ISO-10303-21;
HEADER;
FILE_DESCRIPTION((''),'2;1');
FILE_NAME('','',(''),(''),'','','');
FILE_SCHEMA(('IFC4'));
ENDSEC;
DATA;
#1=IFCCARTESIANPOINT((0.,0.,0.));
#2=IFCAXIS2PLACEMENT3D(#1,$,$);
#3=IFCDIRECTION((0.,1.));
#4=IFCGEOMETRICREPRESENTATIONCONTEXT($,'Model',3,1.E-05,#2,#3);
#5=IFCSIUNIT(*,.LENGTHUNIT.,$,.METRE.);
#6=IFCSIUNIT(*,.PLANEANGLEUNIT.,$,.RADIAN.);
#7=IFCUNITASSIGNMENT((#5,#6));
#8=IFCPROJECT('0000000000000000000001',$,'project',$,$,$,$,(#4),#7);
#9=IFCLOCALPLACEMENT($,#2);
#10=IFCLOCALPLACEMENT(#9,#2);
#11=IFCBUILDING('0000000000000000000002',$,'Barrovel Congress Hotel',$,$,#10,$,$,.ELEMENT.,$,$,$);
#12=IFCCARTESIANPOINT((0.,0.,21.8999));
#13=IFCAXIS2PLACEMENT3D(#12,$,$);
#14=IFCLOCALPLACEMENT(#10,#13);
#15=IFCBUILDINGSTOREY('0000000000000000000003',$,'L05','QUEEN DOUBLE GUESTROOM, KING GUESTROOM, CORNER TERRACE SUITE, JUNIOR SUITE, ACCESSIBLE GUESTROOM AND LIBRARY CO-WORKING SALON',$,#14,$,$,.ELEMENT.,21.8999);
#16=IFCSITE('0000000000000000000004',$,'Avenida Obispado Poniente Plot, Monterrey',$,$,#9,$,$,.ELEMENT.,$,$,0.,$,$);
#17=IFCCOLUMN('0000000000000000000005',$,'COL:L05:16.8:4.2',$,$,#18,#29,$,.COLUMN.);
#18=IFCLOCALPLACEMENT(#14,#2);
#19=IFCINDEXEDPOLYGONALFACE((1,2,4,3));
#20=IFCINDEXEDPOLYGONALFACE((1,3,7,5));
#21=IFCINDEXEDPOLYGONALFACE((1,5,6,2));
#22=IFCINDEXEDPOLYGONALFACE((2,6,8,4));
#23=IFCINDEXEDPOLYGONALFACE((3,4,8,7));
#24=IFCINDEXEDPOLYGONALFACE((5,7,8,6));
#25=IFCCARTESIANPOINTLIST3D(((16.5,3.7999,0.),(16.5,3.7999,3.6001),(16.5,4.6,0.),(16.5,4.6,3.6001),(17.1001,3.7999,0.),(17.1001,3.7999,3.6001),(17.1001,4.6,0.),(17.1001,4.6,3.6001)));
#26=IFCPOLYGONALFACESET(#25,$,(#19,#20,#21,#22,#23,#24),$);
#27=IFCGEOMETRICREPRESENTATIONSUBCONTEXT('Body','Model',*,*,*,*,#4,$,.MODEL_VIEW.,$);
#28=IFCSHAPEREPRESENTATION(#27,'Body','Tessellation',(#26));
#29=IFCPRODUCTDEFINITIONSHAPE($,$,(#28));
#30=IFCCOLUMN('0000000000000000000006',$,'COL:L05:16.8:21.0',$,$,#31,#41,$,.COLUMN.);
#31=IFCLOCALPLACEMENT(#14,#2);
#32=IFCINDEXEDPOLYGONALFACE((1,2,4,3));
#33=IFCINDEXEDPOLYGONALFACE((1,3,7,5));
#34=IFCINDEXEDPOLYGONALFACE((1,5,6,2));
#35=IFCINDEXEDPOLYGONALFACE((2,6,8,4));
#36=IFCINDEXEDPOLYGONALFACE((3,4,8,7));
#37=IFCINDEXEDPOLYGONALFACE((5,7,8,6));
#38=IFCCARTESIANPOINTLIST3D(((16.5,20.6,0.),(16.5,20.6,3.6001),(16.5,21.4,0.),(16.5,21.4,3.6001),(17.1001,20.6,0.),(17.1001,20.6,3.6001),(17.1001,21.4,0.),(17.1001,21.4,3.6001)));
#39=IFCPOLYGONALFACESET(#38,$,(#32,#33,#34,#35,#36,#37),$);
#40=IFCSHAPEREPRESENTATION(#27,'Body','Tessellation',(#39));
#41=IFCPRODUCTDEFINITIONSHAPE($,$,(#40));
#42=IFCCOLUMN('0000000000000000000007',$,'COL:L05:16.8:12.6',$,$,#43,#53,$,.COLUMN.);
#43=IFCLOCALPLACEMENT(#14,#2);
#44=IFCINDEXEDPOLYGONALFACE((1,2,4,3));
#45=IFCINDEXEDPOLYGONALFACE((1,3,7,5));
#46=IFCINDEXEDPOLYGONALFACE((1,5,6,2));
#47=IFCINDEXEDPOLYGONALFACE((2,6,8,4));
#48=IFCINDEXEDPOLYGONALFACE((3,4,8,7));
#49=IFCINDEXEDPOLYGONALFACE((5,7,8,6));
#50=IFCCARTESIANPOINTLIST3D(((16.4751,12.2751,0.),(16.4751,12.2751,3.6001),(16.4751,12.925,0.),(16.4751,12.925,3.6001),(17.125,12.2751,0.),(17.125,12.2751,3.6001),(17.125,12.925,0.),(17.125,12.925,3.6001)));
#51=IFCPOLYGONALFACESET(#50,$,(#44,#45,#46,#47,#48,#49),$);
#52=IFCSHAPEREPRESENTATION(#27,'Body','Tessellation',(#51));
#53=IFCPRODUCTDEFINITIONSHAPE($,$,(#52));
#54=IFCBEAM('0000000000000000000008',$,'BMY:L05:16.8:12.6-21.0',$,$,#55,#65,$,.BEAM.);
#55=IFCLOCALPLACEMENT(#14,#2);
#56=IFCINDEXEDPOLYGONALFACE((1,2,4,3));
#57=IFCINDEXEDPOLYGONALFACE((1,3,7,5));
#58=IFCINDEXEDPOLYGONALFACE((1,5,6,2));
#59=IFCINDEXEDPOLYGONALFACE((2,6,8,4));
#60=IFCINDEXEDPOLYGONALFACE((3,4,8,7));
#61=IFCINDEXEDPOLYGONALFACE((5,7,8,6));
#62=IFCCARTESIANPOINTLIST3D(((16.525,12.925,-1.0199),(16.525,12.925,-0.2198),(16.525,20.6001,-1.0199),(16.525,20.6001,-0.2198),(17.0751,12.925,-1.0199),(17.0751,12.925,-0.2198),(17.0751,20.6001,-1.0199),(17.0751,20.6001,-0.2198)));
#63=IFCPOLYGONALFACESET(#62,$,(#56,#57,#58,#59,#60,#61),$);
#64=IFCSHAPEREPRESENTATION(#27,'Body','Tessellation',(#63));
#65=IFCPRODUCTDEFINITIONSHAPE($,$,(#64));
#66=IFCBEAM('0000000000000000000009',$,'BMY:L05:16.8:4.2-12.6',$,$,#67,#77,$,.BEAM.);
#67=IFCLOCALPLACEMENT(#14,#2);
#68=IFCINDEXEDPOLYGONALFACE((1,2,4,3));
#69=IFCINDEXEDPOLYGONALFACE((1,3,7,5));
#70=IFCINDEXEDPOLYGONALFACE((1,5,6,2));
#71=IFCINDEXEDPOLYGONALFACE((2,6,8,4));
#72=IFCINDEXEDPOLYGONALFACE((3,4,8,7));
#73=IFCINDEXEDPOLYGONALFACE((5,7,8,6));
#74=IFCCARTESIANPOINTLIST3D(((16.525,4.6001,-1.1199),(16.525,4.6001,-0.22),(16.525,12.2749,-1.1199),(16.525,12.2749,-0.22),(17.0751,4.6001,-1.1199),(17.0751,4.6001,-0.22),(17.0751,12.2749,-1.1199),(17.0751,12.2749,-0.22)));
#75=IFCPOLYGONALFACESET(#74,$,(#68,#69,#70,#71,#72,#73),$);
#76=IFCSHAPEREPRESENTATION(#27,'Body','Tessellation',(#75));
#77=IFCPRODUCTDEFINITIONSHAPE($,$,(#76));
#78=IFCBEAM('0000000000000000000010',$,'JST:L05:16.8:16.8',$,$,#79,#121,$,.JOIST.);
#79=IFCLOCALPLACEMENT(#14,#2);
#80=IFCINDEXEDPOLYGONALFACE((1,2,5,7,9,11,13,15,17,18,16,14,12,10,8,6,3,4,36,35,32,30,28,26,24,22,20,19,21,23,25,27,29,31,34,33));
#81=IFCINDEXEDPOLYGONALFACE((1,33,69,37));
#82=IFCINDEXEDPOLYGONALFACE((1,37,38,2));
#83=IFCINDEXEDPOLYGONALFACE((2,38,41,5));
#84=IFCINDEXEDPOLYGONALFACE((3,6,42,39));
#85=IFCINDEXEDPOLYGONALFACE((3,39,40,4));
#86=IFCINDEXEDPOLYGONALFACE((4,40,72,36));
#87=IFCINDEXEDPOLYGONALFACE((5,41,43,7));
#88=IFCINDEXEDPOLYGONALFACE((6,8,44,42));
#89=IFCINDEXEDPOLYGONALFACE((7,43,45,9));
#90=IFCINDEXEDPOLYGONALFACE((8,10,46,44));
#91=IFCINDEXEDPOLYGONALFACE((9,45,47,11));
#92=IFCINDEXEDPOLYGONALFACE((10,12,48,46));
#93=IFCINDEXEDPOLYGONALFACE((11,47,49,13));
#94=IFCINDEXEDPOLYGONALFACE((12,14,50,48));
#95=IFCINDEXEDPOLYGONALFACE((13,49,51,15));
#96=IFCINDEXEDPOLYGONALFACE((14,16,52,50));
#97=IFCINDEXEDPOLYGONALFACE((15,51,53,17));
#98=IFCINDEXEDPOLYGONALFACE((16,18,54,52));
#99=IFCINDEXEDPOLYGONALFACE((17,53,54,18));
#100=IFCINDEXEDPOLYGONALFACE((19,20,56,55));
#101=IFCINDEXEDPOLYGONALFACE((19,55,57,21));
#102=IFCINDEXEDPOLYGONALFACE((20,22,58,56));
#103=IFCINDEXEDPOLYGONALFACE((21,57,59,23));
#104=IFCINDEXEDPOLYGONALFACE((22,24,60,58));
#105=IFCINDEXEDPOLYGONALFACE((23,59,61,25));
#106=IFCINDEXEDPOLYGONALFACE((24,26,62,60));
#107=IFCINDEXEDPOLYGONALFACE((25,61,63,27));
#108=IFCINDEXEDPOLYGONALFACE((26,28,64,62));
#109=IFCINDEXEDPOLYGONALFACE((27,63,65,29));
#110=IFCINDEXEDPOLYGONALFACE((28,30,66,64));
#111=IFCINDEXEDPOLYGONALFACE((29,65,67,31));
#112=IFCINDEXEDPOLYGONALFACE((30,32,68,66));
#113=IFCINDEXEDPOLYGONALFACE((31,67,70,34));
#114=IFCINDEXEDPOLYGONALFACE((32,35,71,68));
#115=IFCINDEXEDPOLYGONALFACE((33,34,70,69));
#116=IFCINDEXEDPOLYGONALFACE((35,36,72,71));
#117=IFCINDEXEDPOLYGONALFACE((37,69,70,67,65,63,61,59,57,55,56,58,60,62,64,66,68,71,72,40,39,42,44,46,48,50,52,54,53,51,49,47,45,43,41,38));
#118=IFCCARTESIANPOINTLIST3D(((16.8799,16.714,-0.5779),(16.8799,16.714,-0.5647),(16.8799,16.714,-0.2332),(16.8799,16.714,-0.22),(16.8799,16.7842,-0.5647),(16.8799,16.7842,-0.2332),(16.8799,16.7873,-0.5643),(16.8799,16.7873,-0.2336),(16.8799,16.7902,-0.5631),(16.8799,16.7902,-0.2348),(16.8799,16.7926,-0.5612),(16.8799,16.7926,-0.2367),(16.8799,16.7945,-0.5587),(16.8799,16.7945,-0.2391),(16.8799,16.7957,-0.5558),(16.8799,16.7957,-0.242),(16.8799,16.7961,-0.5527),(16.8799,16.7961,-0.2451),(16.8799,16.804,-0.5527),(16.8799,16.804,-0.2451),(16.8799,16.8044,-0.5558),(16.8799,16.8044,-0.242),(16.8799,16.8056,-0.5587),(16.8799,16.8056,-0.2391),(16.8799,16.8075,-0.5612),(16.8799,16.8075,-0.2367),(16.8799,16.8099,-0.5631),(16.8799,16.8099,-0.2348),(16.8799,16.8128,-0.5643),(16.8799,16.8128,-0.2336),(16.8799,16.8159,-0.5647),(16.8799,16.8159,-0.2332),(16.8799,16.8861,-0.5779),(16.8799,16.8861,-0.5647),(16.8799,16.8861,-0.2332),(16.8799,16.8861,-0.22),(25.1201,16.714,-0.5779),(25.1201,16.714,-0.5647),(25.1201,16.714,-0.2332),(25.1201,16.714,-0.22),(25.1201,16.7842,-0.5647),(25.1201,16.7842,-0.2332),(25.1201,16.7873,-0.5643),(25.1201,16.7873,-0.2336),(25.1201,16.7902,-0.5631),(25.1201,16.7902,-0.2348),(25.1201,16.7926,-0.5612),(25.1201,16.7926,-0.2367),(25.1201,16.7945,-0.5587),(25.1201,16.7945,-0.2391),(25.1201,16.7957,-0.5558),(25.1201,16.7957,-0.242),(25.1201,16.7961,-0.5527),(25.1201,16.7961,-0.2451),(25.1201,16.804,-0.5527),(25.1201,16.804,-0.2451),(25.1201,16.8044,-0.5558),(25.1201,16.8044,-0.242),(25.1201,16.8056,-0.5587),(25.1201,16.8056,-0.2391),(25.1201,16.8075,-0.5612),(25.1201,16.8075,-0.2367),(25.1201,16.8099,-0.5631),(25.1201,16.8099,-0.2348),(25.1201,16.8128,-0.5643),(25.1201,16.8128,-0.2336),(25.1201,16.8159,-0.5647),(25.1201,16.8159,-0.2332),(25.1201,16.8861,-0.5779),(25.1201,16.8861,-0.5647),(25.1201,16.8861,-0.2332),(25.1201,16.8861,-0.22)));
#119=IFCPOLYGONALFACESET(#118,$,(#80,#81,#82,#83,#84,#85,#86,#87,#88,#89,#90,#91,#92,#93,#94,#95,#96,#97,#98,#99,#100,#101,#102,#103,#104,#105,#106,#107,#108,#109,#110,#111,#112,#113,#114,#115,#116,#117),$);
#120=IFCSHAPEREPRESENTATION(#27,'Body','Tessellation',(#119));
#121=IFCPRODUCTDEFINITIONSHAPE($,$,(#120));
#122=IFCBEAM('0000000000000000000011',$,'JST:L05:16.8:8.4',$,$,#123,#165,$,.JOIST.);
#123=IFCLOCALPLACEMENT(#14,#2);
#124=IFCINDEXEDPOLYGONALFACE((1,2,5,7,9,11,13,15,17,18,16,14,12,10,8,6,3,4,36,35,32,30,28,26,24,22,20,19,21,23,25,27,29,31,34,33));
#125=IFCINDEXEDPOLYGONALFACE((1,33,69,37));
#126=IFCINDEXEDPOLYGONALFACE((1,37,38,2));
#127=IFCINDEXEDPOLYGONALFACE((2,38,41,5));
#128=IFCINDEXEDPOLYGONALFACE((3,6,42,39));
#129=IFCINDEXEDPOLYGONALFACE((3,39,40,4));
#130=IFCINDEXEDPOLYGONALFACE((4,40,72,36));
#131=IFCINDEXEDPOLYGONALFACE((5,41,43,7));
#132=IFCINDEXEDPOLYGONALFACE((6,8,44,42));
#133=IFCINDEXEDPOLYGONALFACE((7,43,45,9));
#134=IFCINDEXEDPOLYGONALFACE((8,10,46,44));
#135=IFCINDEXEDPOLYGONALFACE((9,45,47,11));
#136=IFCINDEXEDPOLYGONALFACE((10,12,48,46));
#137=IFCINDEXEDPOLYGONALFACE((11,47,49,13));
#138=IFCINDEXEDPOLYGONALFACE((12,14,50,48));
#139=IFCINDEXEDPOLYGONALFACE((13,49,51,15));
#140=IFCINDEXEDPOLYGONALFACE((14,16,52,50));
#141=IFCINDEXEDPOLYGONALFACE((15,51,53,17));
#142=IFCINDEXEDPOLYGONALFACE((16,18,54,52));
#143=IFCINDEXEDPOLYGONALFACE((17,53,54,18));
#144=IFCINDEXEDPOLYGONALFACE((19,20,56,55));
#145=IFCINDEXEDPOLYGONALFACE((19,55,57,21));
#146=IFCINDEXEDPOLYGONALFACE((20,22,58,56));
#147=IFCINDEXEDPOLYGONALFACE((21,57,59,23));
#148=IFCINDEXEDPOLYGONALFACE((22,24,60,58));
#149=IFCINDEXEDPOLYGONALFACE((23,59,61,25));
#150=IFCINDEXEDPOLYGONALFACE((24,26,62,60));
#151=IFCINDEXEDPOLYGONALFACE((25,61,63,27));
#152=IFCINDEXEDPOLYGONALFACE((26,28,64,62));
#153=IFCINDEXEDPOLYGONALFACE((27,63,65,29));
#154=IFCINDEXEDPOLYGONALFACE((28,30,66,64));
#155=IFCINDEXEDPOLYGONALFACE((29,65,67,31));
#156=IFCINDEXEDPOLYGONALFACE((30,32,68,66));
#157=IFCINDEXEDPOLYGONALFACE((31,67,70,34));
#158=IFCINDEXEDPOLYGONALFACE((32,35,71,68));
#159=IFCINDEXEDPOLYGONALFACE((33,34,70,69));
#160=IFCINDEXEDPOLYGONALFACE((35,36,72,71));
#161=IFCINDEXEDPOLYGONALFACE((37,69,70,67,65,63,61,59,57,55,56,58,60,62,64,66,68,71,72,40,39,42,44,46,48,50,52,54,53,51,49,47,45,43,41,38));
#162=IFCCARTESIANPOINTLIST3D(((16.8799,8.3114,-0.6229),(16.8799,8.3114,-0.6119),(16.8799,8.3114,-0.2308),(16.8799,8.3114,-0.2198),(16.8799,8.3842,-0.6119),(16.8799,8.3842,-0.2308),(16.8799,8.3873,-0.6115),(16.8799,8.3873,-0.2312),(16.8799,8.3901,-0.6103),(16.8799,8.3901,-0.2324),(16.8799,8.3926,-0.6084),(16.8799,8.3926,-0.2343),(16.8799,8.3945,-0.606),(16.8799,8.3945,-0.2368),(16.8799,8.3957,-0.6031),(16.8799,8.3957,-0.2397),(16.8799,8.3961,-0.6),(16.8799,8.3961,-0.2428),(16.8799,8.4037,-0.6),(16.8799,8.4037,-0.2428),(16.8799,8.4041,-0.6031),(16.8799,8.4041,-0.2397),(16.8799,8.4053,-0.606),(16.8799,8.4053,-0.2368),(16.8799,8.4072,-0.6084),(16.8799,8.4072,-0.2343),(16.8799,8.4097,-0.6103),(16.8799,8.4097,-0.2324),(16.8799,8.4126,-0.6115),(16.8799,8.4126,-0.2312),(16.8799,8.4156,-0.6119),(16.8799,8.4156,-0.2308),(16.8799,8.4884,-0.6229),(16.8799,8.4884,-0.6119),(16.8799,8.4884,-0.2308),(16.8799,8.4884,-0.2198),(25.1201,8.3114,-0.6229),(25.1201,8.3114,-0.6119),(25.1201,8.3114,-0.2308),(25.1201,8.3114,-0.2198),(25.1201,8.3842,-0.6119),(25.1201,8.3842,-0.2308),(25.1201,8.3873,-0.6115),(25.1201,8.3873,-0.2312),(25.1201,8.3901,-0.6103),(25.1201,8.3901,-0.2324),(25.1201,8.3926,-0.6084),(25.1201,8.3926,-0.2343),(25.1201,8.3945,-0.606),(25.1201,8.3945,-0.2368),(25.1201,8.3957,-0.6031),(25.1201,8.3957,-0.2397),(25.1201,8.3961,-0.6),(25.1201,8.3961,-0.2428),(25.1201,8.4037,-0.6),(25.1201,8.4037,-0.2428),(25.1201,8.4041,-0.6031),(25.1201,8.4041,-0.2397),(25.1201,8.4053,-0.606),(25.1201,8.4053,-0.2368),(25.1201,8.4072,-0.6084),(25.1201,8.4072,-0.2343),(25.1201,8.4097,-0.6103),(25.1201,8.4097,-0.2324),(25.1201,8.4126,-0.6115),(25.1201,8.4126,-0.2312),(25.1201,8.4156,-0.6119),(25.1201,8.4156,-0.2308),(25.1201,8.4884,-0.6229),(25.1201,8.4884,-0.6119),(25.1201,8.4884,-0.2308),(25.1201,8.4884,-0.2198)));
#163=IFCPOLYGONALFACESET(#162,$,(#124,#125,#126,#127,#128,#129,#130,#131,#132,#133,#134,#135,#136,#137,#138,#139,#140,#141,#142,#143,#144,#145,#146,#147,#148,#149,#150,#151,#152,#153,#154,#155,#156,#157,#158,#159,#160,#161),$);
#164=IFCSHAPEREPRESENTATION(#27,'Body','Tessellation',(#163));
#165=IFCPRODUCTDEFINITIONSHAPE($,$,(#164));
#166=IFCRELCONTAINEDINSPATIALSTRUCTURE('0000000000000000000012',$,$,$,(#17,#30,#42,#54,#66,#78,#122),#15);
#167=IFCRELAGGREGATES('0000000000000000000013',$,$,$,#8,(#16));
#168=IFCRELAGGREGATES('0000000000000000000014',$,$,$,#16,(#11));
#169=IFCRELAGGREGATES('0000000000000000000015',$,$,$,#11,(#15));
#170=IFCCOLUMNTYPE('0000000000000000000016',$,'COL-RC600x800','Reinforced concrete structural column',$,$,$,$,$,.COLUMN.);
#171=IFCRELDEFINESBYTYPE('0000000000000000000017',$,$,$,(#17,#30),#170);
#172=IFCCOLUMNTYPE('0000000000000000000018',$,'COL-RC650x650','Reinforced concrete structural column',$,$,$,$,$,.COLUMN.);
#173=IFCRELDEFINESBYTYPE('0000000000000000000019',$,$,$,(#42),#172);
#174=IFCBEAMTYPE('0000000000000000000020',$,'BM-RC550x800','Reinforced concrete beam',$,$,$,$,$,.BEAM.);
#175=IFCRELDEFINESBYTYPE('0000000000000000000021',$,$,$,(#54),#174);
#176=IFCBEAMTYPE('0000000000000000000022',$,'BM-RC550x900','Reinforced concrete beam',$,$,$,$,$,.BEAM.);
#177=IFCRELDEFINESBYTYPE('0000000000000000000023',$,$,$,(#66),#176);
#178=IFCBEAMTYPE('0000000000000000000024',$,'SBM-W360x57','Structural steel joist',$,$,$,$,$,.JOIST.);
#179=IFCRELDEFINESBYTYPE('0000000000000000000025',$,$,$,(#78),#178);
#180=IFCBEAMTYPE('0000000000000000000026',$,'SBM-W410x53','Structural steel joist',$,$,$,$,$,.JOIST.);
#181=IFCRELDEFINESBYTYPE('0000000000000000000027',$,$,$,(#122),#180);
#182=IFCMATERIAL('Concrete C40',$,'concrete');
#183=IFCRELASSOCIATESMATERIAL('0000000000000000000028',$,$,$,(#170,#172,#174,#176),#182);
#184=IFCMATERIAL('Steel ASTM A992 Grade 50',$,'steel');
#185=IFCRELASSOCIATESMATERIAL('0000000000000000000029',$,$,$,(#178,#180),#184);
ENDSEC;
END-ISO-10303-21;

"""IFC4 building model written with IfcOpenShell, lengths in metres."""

from ifc_helpers import new_model, si_unit, direction, frame, origin, origin_2d, place, context, subcontext, project, spatial, rectangle, i_section, extrude, material, material_profile, profile_set, type_object, element, save


model = new_model("IFC4")

# Units and contexts
model_context = context("Model", 3, precision=1e-05, world=origin(), true_north=direction((0.0, 1.0)))
body_context = subcontext(model_context, "Body", "Model", "MODEL_VIEW")
ifc_project = project(units=[si_unit("LENGTHUNIT", "METRE"), si_unit("PLANEANGLEUNIT", "RADIAN")], contexts=[model_context])

# Site, building, storey
site_placement = place(None, origin())
site = spatial("IfcSite", under=ifc_project, at=site_placement, Name="Avenida Obispado Poniente Plot, Monterrey", CompositionType="ELEMENT", RefElevation=0.0)
building_placement = place(site_placement, origin())
building = spatial("IfcBuilding", under=site, at=building_placement, Name="Barrovel Congress Hotel", CompositionType="ELEMENT")
storey_placement = place(building_placement, frame((0.0, 0.0, 21.8999)))
storey = spatial("IfcBuildingStorey", under=building, at=storey_placement, Name="L05", Description="QUEEN DOUBLE GUESTROOM, KING GUESTROOM, CORNER TERRACE SUITE, JUNIOR SUITE, ACCESSIBLE GUESTROOM AND LIBRARY CO-WORKING SALON", CompositionType="ELEMENT", Elevation=21.8999)

# Columns
ifc_material_1 = material(Name="Concrete C40", Category="concrete")
ifc_material_profile_1 = material_profile(ifc_material_1, rectangle(XDim=0.6001, YDim=0.8, at=origin_2d()), Name="RC600x800")
ifc_profile_set_1 = profile_set([ifc_material_profile_1], Name="Concrete C40")
column_type_1 = type_object("IfcColumnType", Name="COL-RC600x800", Description="Reinforced concrete structural column", PredefinedType="COLUMN", material=ifc_profile_set_1)
for number, where, z_axis, x_axis, name in (
    (1, (16.8, 4.2, 0.0), (0.0, 0.0, 1.0), (1.0, 0.0, 0.0), "COL:L05:16.8:4.2"),
    (2, (16.8, 21.0, 0.0), (0.0, 0.0, 1.0), (1.0, 0.0, 0.0), "COL:L05:16.8:21.0"),
):
    element("IfcColumn", number, at=place(storey_placement, frame(where, z_axis=z_axis, x_axis=x_axis)), inside=storey, type_object=column_type_1, Name=name, PredefinedType="COLUMN", context=body_context, shape_type="SweptSolid", body=[
        extrude(rectangle(XDim=0.6001, YDim=0.8, at=origin_2d()), origin(), (0.0, 0.0, 1.0), 3.6001),
    ])
ifc_material_profile_2 = material_profile(ifc_material_1, rectangle(XDim=0.6499, YDim=0.6499, at=origin_2d()), Name="RC650x650")
ifc_profile_set_2 = profile_set([ifc_material_profile_2], Name="Concrete C40")
column_type_2 = type_object("IfcColumnType", Name="COL-RC650x650", Description="Reinforced concrete structural column", PredefinedType="COLUMN", material=ifc_profile_set_2)
column_placement = place(storey_placement, frame((16.8, 12.6001, 0.0), z_axis=(0.0, 0.0, 1.0), x_axis=(1.0, 0.0, 0.0)))
element("IfcColumn", 3, at=column_placement, inside=storey, type_object=column_type_2, Name="COL:L05:16.8:12.6", PredefinedType="COLUMN", context=body_context, shape_type="SweptSolid", body=[
    extrude(rectangle(XDim=0.6499, YDim=0.6499, at=origin_2d()), origin(), (0.0, 0.0, 1.0), 3.6001),
])

# Beams
ifc_material_profile_3 = material_profile(ifc_material_1, rectangle(XDim=0.55, YDim=0.8, at=origin_2d()), Name="RC550x800")
ifc_profile_set_3 = profile_set([ifc_material_profile_3], Name="Concrete C40")
beam_type_1 = type_object("IfcBeamType", Name="BM-RC550x800", Description="Reinforced concrete beam", PredefinedType="BEAM", material=ifc_profile_set_3)
beam_1_placement = place(storey_placement, frame((16.8, 12.925, -0.6199), z_axis=(0.0, 1.0, 0.0), x_axis=(-1.0, 0.0, 0.0)))
element("IfcBeam", 4, at=beam_1_placement, inside=storey, type_object=beam_type_1, Name="BMY:L05:16.8:12.6-21.0", PredefinedType="BEAM", context=body_context, shape_type="SweptSolid", body=[
    extrude(rectangle(XDim=0.55, YDim=0.8, at=origin_2d()), origin(), (0.0, 0.0, 1.0), 7.675),
])
ifc_material_profile_4 = material_profile(ifc_material_1, rectangle(XDim=0.55, YDim=0.8999, at=origin_2d()), Name="RC550x900")
ifc_profile_set_4 = profile_set([ifc_material_profile_4], Name="Concrete C40")
beam_type_2 = type_object("IfcBeamType", Name="BM-RC550x900", Description="Reinforced concrete beam", PredefinedType="BEAM", material=ifc_profile_set_4)
beam_2_placement = place(storey_placement, frame((16.8, 4.6001, -0.6699), z_axis=(0.0, 1.0, 0.0), x_axis=(-1.0, 0.0, 0.0)))
element("IfcBeam", 5, at=beam_2_placement, inside=storey, type_object=beam_type_2, Name="BMY:L05:16.8:4.2-12.6", PredefinedType="BEAM", context=body_context, shape_type="SweptSolid", body=[
    extrude(rectangle(XDim=0.55, YDim=0.8999, at=origin_2d()), origin(), (0.0, 0.0, 1.0), 7.6748),
])
ifc_material_2 = material(Name="Steel ASTM A992 Grade 50", Category="steel")
ifc_material_profile_5 = material_profile(ifc_material_2, i_section(OverallWidth=0.1721, OverallDepth=0.3579, WebThickness=0.0078, FlangeThickness=0.0132, FilletRadius=0.012, at=origin_2d()), Name="W360x57")
ifc_profile_set_5 = profile_set([ifc_material_profile_5], Name="Steel ASTM A992 Grade 50")
beam_type_3 = type_object("IfcBeamType", Name="SBM-W360x57", Description="Structural steel joist", PredefinedType="JOIST", material=ifc_profile_set_5)
beam_3_placement = place(storey_placement, frame((16.8799, 16.8, -0.3989), z_axis=(1.0, 0.0, 0.0), x_axis=(0.0, 1.0, 0.0)))
element("IfcBeam", 6, at=beam_3_placement, inside=storey, type_object=beam_type_3, Name="JST:L05:16.8:16.8", PredefinedType="JOIST", context=body_context, shape_type="SweptSolid", body=[
    extrude(i_section(OverallWidth=0.1721, OverallDepth=0.3579, WebThickness=0.0078, FlangeThickness=0.0132, FilletRadius=0.012, at=origin_2d()), origin(), (0.0, 0.0, 1.0), 8.2402),
])
ifc_material_profile_6 = material_profile(ifc_material_2, i_section(OverallWidth=0.177, OverallDepth=0.4031, WebThickness=0.0076, FlangeThickness=0.011, FilletRadius=0.012, at=origin_2d()), Name="W410x53")
ifc_profile_set_6 = profile_set([ifc_material_profile_6], Name="Steel ASTM A992 Grade 50")
beam_type_4 = type_object("IfcBeamType", Name="SBM-W410x53", Description="Structural steel joist", PredefinedType="JOIST", material=ifc_profile_set_6)
beam_4_placement = place(storey_placement, frame((16.8799, 8.3999, -0.4214), z_axis=(1.0, 0.0, 0.0), x_axis=(0.0, 1.0, 0.0)))
element("IfcBeam", 7, at=beam_4_placement, inside=storey, type_object=beam_type_4, Name="JST:L05:16.8:8.4", PredefinedType="JOIST", context=body_context, shape_type="SweptSolid", body=[
    extrude(i_section(OverallWidth=0.177, OverallDepth=0.4031, WebThickness=0.0076, FlangeThickness=0.011, FilletRadius=0.012, at=origin_2d()), origin(), (0.0, 0.0, 1.0), 8.2402),
])

save(model, "model.ifc")
